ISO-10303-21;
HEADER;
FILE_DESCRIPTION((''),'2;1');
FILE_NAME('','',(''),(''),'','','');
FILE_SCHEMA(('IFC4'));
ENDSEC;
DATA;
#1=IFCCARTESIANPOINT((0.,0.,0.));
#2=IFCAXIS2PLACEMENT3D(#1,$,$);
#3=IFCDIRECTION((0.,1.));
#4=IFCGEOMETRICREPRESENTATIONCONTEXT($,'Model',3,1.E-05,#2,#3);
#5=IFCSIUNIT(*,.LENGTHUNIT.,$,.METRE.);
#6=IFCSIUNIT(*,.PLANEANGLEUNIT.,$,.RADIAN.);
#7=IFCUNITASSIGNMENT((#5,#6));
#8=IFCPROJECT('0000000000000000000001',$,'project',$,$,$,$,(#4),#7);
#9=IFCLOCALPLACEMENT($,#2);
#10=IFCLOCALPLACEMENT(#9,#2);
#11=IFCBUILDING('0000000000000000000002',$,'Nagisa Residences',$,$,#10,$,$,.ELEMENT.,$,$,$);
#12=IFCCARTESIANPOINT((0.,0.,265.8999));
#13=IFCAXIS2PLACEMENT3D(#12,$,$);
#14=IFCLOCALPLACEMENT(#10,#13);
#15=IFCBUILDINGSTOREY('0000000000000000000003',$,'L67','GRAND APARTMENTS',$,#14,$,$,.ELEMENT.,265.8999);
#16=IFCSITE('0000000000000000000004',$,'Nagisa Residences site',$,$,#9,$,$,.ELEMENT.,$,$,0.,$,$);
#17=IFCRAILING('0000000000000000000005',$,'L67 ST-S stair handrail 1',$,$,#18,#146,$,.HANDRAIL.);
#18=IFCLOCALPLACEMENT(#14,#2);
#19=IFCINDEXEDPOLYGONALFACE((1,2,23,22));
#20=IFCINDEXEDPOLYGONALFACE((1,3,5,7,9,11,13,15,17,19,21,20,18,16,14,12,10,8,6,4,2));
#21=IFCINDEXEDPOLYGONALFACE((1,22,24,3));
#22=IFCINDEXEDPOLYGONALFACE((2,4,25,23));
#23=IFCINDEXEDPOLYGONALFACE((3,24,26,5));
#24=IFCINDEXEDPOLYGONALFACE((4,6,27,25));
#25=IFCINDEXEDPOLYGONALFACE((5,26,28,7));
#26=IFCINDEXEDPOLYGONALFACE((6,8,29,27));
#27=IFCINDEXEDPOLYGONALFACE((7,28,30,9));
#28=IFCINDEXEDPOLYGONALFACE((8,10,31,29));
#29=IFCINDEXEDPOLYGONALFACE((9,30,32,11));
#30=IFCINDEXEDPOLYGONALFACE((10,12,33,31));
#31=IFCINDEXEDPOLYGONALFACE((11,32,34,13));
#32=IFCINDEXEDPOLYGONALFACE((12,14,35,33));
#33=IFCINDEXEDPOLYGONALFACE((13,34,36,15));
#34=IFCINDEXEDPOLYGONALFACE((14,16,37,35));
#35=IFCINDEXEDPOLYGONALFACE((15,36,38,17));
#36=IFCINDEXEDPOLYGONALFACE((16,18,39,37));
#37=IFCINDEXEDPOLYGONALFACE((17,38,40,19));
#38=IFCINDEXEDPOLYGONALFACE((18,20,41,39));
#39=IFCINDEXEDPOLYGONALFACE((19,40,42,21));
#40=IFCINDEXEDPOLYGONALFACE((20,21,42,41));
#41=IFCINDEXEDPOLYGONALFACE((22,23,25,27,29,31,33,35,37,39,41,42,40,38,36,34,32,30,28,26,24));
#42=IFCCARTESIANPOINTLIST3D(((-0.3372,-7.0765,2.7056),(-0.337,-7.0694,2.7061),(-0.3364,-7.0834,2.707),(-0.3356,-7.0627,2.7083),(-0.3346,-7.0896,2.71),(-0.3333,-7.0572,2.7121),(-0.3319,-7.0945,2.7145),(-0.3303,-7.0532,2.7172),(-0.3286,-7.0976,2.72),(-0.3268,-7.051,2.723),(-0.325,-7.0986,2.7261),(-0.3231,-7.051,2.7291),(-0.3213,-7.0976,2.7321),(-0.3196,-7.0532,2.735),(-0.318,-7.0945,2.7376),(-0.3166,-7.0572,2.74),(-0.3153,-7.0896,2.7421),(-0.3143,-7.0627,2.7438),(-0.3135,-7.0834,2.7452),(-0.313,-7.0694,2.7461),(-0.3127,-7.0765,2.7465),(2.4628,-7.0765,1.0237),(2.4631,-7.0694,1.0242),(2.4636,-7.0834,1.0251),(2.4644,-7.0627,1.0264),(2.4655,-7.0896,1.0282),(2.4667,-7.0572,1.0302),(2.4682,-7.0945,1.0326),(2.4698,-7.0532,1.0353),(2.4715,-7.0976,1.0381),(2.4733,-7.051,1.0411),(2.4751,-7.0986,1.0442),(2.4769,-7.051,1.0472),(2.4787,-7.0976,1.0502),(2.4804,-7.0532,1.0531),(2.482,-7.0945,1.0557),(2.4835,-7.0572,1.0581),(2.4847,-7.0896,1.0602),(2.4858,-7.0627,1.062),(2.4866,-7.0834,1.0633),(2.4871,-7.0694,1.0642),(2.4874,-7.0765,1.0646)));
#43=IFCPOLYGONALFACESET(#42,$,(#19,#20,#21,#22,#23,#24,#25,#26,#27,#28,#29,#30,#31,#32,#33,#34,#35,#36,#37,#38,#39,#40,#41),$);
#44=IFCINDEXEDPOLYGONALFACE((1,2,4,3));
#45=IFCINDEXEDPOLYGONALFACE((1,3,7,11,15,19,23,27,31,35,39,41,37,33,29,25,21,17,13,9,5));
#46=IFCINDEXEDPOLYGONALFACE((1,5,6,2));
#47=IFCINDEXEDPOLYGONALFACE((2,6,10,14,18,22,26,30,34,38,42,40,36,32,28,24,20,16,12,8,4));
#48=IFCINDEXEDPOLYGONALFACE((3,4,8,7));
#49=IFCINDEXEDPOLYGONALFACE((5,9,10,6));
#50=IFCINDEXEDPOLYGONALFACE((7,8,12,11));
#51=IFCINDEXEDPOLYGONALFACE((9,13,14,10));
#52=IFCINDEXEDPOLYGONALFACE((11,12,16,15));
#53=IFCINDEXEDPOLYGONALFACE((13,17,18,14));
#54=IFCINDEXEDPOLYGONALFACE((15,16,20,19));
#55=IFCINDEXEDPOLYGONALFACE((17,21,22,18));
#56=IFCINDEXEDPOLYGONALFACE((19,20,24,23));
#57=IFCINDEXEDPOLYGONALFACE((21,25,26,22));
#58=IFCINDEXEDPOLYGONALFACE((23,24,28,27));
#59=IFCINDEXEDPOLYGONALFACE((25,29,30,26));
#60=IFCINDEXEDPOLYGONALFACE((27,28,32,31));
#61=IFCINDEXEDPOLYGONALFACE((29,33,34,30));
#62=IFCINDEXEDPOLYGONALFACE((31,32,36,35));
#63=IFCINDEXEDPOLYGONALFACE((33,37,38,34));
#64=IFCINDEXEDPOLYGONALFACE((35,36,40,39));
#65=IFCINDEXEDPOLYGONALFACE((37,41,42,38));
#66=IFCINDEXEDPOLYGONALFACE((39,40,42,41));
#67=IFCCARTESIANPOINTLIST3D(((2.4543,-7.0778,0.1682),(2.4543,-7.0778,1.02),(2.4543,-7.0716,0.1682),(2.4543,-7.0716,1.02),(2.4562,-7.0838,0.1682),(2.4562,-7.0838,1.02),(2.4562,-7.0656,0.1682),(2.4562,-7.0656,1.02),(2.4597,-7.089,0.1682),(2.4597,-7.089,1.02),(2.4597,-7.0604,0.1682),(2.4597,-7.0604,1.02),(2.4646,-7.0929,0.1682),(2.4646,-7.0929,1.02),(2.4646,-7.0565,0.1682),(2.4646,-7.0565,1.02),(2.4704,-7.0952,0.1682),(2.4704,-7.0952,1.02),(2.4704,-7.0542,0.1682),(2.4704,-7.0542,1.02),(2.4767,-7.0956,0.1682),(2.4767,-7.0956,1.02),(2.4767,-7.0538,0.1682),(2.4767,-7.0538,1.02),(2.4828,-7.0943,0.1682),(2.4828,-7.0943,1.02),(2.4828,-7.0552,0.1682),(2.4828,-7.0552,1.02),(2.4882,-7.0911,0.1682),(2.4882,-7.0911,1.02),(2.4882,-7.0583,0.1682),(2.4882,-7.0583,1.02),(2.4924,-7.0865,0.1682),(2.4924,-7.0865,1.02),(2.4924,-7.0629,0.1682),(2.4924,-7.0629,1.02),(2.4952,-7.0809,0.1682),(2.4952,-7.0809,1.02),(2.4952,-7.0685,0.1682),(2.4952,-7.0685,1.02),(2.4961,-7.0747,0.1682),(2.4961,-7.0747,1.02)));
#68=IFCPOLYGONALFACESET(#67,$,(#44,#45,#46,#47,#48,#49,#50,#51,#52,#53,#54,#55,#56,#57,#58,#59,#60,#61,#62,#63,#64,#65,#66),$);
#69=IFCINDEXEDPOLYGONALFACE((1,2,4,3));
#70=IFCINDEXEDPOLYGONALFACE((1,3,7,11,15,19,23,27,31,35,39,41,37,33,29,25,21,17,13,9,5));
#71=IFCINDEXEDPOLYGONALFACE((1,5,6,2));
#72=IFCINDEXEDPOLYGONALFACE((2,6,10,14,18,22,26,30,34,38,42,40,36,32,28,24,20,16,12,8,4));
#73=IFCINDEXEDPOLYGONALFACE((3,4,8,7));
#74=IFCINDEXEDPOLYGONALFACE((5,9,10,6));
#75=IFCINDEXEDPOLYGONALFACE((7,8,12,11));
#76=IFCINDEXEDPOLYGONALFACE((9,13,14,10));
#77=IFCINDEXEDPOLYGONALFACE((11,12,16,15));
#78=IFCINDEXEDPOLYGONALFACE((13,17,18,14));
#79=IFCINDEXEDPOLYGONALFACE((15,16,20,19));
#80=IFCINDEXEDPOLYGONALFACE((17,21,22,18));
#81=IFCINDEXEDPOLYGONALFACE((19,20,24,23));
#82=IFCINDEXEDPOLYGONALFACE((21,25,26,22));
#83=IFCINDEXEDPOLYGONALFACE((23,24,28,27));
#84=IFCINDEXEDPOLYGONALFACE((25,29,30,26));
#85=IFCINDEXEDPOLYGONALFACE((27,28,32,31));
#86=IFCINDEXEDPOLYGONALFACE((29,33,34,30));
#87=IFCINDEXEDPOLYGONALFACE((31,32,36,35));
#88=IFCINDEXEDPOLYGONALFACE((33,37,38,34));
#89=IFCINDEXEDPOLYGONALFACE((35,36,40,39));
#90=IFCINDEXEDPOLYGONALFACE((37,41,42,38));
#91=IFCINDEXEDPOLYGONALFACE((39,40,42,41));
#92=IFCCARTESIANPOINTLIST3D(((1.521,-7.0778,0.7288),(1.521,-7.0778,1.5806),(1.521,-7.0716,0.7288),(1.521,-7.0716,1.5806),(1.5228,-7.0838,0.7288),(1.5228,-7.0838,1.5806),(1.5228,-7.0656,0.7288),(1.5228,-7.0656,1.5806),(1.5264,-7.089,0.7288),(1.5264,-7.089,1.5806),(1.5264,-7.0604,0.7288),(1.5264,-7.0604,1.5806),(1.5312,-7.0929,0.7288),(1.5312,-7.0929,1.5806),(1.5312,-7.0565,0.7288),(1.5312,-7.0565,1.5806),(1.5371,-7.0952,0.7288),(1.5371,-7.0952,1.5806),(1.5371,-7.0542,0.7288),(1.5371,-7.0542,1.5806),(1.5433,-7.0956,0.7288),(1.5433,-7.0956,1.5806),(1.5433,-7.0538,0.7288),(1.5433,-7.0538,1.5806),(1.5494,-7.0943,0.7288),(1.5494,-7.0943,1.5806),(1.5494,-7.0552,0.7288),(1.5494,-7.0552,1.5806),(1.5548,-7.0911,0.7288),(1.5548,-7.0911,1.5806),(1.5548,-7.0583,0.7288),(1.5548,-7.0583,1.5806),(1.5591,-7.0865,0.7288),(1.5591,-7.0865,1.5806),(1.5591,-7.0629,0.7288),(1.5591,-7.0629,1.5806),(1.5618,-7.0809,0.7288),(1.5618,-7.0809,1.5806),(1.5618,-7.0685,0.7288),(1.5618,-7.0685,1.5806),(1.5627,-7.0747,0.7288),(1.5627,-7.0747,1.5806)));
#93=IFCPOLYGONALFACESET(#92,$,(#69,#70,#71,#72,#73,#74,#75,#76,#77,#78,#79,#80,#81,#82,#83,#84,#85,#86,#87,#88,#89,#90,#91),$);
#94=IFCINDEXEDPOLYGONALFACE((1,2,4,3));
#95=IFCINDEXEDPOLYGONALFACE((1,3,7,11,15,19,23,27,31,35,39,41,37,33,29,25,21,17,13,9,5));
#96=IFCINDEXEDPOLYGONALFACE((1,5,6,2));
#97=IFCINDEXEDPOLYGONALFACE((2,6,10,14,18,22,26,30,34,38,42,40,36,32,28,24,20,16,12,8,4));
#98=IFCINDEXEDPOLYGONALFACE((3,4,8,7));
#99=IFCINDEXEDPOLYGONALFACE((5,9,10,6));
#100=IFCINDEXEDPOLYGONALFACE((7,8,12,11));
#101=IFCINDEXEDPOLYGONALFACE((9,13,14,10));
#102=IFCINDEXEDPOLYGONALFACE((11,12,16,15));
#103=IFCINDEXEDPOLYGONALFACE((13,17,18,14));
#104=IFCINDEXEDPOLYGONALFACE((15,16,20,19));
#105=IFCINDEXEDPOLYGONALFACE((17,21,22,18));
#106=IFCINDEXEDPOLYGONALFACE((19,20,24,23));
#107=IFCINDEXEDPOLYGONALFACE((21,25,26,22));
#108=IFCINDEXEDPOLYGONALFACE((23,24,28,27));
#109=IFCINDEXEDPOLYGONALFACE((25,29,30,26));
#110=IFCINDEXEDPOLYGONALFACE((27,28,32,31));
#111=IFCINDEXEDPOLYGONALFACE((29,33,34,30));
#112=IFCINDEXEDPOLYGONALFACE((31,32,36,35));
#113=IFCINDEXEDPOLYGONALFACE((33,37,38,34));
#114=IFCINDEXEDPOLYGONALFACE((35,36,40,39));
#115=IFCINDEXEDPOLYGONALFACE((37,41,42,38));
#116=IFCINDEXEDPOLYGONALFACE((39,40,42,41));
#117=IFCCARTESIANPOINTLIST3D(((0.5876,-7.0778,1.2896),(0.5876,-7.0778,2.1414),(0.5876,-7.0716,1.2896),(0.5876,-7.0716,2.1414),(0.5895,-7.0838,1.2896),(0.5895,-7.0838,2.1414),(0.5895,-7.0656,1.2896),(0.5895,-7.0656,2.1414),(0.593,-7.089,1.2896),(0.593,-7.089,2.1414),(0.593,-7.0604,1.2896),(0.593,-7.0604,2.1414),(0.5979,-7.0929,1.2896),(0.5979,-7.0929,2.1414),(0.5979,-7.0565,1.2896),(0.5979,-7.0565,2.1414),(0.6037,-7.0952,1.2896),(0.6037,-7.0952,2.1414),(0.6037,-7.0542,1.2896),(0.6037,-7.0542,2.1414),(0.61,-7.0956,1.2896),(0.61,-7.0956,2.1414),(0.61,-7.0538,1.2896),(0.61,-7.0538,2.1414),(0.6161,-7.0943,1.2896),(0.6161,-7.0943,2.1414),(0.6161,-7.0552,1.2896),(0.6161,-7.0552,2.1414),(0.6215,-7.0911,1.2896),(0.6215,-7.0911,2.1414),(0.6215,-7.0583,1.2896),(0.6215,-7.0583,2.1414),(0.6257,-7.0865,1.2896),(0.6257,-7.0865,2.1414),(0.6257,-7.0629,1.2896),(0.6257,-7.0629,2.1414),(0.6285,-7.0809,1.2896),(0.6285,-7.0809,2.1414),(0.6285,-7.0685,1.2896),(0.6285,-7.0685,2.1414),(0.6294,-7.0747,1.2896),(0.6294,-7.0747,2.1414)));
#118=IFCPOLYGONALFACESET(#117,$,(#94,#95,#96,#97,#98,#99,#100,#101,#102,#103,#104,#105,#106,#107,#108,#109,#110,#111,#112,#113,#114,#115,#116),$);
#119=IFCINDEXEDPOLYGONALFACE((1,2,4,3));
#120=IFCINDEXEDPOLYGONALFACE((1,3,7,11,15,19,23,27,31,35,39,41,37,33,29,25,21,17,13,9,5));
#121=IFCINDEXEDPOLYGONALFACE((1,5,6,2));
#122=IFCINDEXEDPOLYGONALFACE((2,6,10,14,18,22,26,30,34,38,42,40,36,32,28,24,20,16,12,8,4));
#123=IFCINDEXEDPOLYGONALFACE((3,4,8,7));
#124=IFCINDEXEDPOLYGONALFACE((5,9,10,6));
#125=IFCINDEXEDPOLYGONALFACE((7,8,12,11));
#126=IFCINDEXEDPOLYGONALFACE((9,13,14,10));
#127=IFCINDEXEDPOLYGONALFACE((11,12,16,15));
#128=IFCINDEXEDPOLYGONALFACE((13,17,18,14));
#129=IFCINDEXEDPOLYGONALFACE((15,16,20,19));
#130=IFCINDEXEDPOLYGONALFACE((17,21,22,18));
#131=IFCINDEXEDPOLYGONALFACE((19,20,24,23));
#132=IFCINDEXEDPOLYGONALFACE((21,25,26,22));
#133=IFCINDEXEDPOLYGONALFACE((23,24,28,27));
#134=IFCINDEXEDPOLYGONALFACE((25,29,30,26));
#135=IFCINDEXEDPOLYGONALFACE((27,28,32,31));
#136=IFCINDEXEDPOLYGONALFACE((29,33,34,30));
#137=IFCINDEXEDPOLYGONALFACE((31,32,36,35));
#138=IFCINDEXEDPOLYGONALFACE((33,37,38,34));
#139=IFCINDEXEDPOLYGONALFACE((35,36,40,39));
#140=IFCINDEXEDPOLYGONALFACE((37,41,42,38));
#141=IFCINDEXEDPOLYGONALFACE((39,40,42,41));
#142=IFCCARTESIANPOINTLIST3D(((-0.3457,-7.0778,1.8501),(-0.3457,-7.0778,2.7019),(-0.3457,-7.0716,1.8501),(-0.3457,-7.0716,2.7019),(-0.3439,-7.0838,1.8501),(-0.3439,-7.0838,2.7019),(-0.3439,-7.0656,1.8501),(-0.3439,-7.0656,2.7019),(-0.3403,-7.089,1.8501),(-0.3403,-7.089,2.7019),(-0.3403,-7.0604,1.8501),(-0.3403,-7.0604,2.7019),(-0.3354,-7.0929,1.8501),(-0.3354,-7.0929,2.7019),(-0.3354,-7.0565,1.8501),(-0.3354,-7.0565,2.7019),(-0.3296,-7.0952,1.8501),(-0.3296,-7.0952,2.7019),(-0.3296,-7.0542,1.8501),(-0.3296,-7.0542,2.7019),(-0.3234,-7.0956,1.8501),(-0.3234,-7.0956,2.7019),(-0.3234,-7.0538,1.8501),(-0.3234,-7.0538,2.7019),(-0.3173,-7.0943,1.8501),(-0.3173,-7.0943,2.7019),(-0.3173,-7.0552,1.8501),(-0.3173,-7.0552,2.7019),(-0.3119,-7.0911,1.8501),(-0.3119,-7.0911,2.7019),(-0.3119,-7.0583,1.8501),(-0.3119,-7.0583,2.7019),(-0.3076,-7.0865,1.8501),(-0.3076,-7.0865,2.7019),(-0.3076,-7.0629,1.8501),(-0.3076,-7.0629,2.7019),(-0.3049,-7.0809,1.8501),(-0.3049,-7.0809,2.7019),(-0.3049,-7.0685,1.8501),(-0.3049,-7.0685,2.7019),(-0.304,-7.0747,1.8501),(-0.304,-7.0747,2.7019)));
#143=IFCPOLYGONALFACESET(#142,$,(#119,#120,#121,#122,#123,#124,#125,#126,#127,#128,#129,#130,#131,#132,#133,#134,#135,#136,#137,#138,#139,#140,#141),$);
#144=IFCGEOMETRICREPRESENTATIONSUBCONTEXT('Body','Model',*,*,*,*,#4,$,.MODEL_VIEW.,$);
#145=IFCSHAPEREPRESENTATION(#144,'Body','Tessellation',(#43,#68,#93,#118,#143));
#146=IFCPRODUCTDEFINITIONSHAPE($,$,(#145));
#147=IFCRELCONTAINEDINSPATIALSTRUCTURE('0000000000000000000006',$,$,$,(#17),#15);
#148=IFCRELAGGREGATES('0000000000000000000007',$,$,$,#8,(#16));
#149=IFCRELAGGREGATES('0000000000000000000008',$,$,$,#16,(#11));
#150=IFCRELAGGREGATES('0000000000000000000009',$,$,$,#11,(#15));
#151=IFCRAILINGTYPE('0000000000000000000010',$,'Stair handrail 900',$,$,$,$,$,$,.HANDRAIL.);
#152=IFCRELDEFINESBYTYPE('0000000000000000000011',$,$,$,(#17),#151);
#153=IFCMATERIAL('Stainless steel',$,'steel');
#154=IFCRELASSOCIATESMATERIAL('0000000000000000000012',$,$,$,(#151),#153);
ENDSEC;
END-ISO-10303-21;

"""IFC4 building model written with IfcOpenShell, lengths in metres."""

from ifc_helpers import new_model, si_unit, direction, frame, origin, origin_2d, place, context, subcontext, project, spatial, circle, extrude, material, type_object, element, save


model = new_model("IFC4")

# Units and contexts
model_context = context("Model", 3, precision=1e-05, world=origin(), true_north=direction((0.0, 1.0)))
body_context = subcontext(model_context, "Body", "Model", "MODEL_VIEW")
ifc_project = project(units=[si_unit("LENGTHUNIT", "METRE"), si_unit("PLANEANGLEUNIT", "RADIAN")], contexts=[model_context])

# Site, building, storey
site_placement = place(None, origin())
site = spatial("IfcSite", under=ifc_project, at=site_placement, Name="Nagisa Residences site", CompositionType="ELEMENT", RefElevation=0.0)
building_placement = place(site_placement, origin())
building = spatial("IfcBuilding", under=site, at=building_placement, Name="Nagisa Residences", CompositionType="ELEMENT")
storey_placement = place(building_placement, frame((0.0, 0.0, 265.8999)))
storey = spatial("IfcBuildingStorey", under=building, at=storey_placement, Name="L67", Description="GRAND APARTMENTS", CompositionType="ELEMENT", Elevation=265.8999)

# Railing
ifc_material_1 = material(Name="Stainless steel", Category="steel")
railing_type_1 = type_object("IfcRailingType", Name="Stair handrail 900", PredefinedType="HANDRAIL", material=ifc_material_1)
railing_1_placement = place(storey_placement, frame((2.4751, -7.0747, 0.1682)))
element("IfcRailing", 1, at=railing_1_placement, inside=storey, type_object=railing_type_1, Name="L67 ST-S stair handrail 1", PredefinedType="HANDRAIL", context=body_context, shape_type="SweptSolid", body=[
    extrude(circle(Radius=0.0239, at=origin_2d()), frame((0.0, 0.0, 0.876), z_axis=(-0.857242, 0.0, 0.514913), x_axis=(0.0, -1.0, 0.0)), (0.0, 0.0, 1.0), 3.2664),
    extrude(circle(Radius=0.021, at=origin_2d()), origin(), (0.0, 0.0, 1.0), 0.8518),
    extrude(circle(Radius=0.021, at=origin_2d()), frame((-0.9333, 0.0, 0.5605)), (0.0, 0.0, 1.0), 0.8518),
    extrude(circle(Radius=0.021, at=origin_2d()), frame((-1.8667, 0.0, 1.1213)), (0.0, 0.0, 1.0), 0.8518),
    extrude(circle(Radius=0.021, at=origin_2d()), frame((-2.8, 0.0, 1.6819)), (0.0, 0.0, 1.0), 0.8518),
])

save(model, "model.ifc")
